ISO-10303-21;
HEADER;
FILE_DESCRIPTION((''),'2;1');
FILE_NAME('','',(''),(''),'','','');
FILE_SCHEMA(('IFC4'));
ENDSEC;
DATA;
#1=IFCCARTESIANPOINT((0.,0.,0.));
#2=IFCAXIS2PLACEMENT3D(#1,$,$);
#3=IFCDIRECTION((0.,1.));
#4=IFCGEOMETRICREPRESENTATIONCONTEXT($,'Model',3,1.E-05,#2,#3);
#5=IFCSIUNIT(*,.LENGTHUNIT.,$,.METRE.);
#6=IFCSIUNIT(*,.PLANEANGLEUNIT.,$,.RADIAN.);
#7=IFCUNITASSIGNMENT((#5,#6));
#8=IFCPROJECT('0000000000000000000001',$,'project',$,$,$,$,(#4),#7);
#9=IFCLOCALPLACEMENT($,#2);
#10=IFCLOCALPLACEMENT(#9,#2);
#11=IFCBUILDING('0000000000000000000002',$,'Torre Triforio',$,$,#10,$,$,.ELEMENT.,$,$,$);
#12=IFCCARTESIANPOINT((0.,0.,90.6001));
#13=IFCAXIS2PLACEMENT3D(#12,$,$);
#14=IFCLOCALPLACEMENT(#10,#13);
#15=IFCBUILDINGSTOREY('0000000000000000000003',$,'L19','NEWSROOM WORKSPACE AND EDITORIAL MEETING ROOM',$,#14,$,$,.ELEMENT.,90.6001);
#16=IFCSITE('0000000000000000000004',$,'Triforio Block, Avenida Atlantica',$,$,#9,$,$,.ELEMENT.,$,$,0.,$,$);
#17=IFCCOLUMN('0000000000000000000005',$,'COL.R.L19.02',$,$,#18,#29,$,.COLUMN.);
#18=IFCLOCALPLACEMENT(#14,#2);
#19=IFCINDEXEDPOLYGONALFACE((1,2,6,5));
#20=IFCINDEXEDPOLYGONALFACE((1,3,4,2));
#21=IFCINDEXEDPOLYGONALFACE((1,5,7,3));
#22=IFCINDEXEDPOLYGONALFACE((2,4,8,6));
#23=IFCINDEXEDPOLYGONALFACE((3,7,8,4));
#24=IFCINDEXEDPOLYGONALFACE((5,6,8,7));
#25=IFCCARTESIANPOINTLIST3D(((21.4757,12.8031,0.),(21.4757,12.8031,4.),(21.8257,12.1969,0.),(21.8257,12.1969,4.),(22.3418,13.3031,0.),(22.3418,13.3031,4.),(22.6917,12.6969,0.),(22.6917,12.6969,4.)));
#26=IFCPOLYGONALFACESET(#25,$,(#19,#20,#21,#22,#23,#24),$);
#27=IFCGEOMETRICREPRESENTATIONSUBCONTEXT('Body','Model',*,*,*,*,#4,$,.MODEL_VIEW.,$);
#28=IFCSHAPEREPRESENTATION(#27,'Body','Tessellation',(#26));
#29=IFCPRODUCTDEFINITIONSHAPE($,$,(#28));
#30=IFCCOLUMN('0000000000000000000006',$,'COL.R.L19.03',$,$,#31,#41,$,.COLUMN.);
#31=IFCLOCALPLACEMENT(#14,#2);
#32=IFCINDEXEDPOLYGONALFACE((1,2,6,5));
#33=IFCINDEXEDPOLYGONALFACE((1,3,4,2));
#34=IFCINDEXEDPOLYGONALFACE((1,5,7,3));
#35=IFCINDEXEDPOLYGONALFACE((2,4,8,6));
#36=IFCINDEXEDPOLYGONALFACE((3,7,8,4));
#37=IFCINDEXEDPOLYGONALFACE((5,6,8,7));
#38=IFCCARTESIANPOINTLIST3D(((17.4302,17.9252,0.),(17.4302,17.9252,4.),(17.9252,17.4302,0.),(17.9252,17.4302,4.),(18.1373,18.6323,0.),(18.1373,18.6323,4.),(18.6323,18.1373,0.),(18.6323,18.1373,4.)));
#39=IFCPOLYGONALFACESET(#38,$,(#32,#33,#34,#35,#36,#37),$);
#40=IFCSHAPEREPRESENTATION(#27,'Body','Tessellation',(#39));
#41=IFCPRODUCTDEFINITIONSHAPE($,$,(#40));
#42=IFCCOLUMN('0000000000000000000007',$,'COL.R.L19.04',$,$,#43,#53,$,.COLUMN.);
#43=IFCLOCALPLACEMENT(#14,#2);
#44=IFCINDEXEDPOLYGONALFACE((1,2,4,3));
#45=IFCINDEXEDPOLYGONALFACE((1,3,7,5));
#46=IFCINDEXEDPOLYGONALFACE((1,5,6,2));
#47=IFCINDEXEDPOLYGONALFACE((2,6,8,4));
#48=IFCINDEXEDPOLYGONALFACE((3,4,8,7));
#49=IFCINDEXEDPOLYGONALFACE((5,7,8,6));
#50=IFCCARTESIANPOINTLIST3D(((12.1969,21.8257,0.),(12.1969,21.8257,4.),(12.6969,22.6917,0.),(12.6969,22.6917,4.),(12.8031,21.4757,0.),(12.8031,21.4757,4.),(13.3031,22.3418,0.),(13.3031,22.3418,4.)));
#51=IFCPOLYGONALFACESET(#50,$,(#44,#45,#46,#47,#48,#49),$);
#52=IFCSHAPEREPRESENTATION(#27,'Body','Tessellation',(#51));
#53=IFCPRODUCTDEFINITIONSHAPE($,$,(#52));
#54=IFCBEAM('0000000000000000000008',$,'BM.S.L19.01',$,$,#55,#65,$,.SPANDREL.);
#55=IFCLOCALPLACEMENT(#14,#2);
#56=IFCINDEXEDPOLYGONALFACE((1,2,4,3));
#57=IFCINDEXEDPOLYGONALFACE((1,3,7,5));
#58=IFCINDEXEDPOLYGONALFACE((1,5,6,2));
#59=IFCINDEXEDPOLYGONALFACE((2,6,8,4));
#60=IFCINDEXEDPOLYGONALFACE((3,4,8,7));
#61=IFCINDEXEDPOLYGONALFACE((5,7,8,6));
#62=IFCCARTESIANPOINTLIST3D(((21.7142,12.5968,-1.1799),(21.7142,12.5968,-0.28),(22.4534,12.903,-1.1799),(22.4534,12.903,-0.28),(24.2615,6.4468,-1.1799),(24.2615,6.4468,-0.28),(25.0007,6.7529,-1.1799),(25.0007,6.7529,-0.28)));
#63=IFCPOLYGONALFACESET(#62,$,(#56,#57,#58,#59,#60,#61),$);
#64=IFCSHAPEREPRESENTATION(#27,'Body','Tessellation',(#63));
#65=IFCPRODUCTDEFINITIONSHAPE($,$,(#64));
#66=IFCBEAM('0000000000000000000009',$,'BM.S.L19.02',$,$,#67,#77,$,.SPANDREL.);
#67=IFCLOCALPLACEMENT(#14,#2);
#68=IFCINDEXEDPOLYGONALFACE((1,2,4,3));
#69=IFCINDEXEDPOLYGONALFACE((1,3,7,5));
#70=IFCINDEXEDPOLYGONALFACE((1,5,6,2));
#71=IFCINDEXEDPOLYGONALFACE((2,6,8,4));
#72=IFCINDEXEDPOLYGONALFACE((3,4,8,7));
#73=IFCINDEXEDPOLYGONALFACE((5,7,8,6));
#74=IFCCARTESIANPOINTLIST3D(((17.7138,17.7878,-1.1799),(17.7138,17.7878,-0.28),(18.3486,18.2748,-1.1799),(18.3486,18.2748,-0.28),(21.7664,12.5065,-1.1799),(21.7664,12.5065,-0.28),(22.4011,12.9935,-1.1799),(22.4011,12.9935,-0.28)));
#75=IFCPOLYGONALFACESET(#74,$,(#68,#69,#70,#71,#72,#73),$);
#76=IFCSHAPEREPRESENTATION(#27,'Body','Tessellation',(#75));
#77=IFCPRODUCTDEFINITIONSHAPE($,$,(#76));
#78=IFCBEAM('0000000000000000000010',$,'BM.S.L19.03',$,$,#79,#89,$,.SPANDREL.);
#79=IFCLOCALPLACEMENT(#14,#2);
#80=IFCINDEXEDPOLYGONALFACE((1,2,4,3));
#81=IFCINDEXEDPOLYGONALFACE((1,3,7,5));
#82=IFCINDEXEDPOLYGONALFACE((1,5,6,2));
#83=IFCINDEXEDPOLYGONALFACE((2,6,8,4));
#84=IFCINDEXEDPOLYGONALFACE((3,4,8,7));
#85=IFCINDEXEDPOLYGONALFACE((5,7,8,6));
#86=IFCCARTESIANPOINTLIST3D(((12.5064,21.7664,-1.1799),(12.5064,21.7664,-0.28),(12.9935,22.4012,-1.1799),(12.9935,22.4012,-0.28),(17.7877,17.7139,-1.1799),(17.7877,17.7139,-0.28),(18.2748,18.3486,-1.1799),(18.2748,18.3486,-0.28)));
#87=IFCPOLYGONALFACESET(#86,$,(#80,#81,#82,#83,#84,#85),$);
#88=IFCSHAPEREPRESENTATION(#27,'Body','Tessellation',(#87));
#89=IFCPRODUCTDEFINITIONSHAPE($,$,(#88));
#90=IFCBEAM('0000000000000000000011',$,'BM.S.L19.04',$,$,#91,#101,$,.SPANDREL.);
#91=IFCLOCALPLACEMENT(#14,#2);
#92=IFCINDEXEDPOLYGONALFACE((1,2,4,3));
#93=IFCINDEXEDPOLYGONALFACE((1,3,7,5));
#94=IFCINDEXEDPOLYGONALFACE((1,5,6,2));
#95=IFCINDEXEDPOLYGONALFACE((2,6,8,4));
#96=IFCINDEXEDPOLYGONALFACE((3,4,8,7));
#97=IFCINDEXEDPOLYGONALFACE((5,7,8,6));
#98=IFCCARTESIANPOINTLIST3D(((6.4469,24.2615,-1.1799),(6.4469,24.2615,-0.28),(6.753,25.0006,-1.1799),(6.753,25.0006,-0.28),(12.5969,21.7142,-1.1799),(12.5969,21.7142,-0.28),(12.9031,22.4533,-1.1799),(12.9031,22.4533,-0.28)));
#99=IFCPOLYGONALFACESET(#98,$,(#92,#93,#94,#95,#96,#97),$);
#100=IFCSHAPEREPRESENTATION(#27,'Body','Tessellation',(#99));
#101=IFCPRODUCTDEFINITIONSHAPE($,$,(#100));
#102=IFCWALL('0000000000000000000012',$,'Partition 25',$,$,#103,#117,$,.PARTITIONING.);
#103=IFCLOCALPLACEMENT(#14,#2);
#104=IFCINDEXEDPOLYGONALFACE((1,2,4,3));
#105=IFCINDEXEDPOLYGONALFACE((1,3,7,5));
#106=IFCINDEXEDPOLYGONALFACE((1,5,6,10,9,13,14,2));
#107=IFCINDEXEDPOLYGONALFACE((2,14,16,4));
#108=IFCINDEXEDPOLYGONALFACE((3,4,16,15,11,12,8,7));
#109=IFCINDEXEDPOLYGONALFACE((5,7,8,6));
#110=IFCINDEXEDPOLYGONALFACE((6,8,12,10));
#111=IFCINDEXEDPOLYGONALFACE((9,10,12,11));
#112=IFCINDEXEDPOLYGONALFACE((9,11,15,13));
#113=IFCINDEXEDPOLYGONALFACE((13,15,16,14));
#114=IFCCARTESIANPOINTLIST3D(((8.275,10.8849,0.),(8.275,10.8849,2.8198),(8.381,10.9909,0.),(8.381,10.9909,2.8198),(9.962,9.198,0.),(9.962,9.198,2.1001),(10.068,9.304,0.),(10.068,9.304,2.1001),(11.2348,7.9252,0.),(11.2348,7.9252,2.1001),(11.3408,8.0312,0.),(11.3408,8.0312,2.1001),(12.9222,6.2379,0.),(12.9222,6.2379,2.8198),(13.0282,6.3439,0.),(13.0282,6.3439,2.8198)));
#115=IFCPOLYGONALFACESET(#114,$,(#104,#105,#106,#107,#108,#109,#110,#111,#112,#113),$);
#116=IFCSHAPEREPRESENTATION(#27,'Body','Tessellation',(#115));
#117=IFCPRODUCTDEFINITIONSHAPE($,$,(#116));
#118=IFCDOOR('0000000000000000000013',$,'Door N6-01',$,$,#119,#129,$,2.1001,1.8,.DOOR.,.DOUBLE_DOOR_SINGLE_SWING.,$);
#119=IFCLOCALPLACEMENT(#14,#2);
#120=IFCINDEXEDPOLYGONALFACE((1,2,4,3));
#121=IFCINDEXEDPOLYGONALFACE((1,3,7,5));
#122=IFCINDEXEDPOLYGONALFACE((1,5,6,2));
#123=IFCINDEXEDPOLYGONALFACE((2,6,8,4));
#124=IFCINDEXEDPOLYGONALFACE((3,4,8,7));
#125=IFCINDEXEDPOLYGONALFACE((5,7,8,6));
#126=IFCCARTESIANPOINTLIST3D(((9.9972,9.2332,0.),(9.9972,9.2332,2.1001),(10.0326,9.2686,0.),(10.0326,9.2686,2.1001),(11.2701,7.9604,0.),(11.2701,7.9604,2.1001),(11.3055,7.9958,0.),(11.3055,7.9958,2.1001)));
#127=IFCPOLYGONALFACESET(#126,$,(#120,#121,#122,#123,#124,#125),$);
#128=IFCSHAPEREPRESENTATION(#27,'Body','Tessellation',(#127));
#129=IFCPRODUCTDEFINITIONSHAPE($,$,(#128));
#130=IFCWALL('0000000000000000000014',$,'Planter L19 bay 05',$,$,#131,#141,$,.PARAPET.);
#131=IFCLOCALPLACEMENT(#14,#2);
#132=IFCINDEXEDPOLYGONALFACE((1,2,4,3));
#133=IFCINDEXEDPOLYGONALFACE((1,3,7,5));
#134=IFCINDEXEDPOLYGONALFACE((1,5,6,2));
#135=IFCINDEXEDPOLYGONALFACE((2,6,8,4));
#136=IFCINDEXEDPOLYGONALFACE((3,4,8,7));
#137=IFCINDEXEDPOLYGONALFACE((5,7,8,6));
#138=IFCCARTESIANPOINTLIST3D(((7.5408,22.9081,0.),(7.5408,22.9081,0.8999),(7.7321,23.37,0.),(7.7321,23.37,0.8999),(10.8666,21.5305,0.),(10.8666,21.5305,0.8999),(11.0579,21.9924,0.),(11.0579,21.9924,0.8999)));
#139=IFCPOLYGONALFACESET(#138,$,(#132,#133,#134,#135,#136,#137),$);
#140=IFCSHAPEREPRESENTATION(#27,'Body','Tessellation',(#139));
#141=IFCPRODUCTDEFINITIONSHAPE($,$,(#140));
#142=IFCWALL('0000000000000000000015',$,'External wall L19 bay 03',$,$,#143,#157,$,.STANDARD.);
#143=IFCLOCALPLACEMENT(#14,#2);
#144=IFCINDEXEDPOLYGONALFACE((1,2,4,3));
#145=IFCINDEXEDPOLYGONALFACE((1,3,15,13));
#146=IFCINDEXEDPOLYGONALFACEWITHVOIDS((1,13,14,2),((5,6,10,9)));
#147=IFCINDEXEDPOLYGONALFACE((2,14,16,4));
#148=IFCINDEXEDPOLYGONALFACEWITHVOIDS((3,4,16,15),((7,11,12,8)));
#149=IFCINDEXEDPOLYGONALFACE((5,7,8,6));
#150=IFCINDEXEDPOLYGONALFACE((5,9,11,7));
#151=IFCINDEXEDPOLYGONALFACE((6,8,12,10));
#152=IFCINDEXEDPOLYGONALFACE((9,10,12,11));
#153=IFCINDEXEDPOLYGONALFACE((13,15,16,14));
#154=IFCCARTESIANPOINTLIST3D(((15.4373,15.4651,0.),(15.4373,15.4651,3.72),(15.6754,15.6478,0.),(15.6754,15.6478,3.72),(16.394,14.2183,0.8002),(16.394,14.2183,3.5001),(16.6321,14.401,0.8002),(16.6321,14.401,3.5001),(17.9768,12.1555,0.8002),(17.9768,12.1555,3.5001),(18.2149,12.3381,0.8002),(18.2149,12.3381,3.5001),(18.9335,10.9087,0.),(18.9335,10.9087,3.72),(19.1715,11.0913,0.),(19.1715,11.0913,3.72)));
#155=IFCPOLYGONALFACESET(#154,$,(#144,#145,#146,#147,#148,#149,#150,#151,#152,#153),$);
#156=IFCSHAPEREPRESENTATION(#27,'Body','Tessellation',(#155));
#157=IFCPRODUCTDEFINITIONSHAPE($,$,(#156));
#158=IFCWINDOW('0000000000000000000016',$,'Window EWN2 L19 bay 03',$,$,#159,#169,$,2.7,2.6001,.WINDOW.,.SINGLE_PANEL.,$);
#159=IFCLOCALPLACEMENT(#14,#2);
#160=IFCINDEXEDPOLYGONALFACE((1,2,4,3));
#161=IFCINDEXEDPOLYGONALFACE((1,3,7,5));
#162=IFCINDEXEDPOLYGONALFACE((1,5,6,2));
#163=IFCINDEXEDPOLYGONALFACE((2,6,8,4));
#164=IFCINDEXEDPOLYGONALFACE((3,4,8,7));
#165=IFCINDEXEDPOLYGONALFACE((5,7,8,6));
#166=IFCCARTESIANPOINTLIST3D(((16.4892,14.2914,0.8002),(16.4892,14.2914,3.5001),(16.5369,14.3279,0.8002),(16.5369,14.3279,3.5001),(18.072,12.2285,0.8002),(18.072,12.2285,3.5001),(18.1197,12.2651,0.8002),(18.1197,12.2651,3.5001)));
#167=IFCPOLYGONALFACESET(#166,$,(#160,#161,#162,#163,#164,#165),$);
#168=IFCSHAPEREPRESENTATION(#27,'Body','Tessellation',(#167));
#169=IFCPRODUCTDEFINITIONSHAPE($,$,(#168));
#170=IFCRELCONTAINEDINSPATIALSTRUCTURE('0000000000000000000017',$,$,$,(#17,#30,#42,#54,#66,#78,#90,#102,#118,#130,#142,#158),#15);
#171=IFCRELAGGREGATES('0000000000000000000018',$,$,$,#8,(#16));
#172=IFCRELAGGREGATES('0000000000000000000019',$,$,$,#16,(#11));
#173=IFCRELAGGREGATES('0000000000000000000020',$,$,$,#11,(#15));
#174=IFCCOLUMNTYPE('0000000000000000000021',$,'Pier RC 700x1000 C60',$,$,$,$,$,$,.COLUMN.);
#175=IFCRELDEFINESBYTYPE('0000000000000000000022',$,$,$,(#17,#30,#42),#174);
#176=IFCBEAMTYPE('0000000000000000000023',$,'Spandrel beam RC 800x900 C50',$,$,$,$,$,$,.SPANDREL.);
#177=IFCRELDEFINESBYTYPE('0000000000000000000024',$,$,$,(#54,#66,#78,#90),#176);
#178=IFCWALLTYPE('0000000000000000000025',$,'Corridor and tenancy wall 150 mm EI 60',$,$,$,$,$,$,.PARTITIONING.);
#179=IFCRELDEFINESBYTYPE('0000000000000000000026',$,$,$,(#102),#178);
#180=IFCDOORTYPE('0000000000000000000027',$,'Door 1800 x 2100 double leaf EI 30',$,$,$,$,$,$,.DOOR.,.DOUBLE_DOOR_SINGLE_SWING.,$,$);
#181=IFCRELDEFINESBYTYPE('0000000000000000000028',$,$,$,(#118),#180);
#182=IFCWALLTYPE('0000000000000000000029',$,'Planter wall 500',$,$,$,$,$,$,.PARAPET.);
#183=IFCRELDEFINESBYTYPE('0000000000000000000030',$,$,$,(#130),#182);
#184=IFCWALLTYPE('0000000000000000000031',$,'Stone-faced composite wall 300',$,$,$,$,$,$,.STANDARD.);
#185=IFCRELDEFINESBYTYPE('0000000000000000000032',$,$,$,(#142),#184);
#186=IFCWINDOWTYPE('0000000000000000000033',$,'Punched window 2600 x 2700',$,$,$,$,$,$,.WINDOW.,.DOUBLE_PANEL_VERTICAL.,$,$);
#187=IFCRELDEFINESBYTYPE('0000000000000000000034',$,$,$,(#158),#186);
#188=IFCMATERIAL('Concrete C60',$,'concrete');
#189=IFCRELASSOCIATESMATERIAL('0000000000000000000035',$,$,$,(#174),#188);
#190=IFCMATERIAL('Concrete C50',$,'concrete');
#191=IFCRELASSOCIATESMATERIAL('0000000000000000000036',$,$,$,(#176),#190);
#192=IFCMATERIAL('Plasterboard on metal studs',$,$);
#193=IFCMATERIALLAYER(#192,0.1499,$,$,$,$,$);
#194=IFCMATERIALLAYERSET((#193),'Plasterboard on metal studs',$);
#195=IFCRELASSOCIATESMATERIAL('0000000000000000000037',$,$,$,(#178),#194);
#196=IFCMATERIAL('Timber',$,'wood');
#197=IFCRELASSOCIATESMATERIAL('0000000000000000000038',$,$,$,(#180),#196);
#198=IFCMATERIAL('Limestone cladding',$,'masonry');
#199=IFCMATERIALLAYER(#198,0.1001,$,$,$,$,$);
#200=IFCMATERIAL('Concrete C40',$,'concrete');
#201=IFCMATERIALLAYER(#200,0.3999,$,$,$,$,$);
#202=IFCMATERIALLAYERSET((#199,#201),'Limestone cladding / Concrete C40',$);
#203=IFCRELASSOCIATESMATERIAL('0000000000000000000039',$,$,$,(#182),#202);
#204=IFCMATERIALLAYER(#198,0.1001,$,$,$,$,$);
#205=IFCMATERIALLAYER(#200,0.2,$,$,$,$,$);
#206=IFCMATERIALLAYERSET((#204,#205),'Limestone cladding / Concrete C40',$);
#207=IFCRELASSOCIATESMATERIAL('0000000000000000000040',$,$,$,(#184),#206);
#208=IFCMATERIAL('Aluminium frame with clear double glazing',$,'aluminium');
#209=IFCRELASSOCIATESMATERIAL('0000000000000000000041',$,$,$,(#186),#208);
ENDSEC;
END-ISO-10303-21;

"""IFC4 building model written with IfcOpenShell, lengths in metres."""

from ifc_helpers import new_model, si_unit, direction, frame, frame_2d, origin, origin_2d, place, context, subcontext, project, spatial, rectangle, extrude, material, layer, layer_set, material_profile, profile_set, type_object, element, fill, save


model = new_model("IFC4")

# Units and contexts
model_context = context("Model", 3, precision=1e-05, world=origin(), true_north=direction((0.0, 1.0)))
body_context = subcontext(model_context, "Body", "Model", "MODEL_VIEW")
ifc_project = project(units=[si_unit("LENGTHUNIT", "METRE"), si_unit("PLANEANGLEUNIT", "RADIAN")], contexts=[model_context])

# Site, building, storey
site_placement = place(None, origin())
site = spatial("IfcSite", under=ifc_project, at=site_placement, Name="Triforio Block, Avenida Atlantica", CompositionType="ELEMENT", RefElevation=0.0)
building_placement = place(site_placement, origin())
building = spatial("IfcBuilding", under=site, at=building_placement, Name="Torre Triforio", CompositionType="ELEMENT")
storey_placement = place(building_placement, frame((0.0, 0.0, 90.6001)))
storey = spatial("IfcBuildingStorey", under=building, at=storey_placement, Name="L19", Description="NEWSROOM WORKSPACE AND EDITORIAL MEETING ROOM", CompositionType="ELEMENT", Elevation=90.6001)

# Columns
ifc_material_1 = material(Name="Concrete C60", Category="concrete")
ifc_material_profile_1 = material_profile(ifc_material_1, rectangle(XDim=0.7, YDim=1.0, at=origin_2d()), Name="RC 700x1000")
ifc_profile_set_1 = profile_set([ifc_material_profile_1], Name="Concrete C60")
column_type = type_object("IfcColumnType", Name="Pier RC 700x1000 C60", PredefinedType="COLUMN", material=ifc_profile_set_1)
for number, where, z_axis, x_axis, name in (
    (1, (22.0837, 12.75, 0.0), (0.0, 0.0, 1.0), (-0.5, 0.866025, 0.0), "COL.R.L19.02"),
    (2, (18.0312, 18.0312, 0.0), (0.0, 0.0, 1.0), (-0.707107, 0.707107, 0.0), "COL.R.L19.03"),
    (3, (12.75, 22.0837, 0.0), (0.0, 0.0, 1.0), (-0.866025, 0.5, 0.0), "COL.R.L19.04"),
):
    element("IfcColumn", number, at=place(storey_placement, frame(where, z_axis=z_axis, x_axis=x_axis)), inside=storey, type_object=column_type, Name=name, PredefinedType="COLUMN", context=body_context, shape_type="SweptSolid", body=[
        extrude(rectangle(XDim=0.7, YDim=1.0, at=origin_2d()), origin(), (0.0, 0.0, 1.0), 4.0),
    ])

# Beams
ifc_material_2 = material(Name="Concrete C50", Category="concrete")
ifc_material_profile_2 = material_profile(ifc_material_2, rectangle(XDim=0.8, YDim=0.8999, at=origin_2d()), Name="RC 800x900")
ifc_profile_set_2 = profile_set([ifc_material_profile_2], Name="Concrete C50")
beam_type = type_object("IfcBeamType", Name="Spandrel beam RC 800x900 C50", PredefinedType="SPANDREL", material=ifc_profile_set_2)
beam_1_placement = place(storey_placement, frame((24.6311, 6.5999, -0.73), z_axis=(-0.382669, 0.923885, 0.0), x_axis=(-0.923885, -0.382669, 0.0)))
element("IfcBeam", 4, at=beam_1_placement, inside=storey, type_object=beam_type, Name="BM.S.L19.01", PredefinedType="SPANDREL", context=body_context, shape_type="SweptSolid", body=[
    extrude(rectangle(XDim=0.8, YDim=0.8999, at=origin_2d()), origin(), (0.0, 0.0, 1.0), 6.6567),
])
for number, where, z_axis, x_axis, name in (
    (5, (22.0837, 12.75, -0.73), (-0.608766, 0.79335, 0.0), (-0.79335, -0.608766, 0.0), "BM.S.L19.02"),
    (6, (18.0312, 18.0312, -0.73), (-0.79335, 0.608766, 0.0), (-0.608766, -0.79335, 0.0), "BM.S.L19.03"),
):
    element("IfcBeam", number, at=place(storey_placement, frame(where, z_axis=z_axis, x_axis=x_axis)), inside=storey, type_object=beam_type, Name=name, PredefinedType="SPANDREL", context=body_context, shape_type="SweptSolid", body=[
        extrude(rectangle(XDim=0.8, YDim=0.8999, at=origin_2d()), origin(), (0.0, 0.0, 1.0), 6.657),
    ])
beam_2_placement = place(storey_placement, frame((12.75, 22.0837, -0.73), z_axis=(-0.923885, 0.382669, 0.0), x_axis=(-0.382669, -0.923885, 0.0)))
element("IfcBeam", 7, at=beam_2_placement, inside=storey, type_object=beam_type, Name="BM.S.L19.04", PredefinedType="SPANDREL", context=body_context, shape_type="SweptSolid", body=[
    extrude(rectangle(XDim=0.8, YDim=0.8999, at=origin_2d()), origin(), (0.0, 0.0, 1.0), 6.6567),
])

# Wall, opening, door
ifc_material_3 = material(Name="Plasterboard on metal studs")
ifc_layer_1 = layer(ifc_material_3, 0.1499)
ifc_layer_set_1 = layer_set([ifc_layer_1], Name="Plasterboard on metal studs")
wall_type_1 = type_object("IfcWallType", Name="Corridor and tenancy wall 150 mm EI 60", PredefinedType="PARTITIONING", material=ifc_layer_set_1)
wall_1_placement = place(storey_placement, frame((8.3279, 10.938, 0.0), z_axis=(0.0, 0.0, 1.0), x_axis=(0.707125, -0.707088, 0.0)))
wall_1 = element("IfcWall", 8, at=wall_1_placement, inside=storey, type_object=wall_type_1, Name="Partition 25", PredefinedType="PARTITIONING", context=body_context, shape_type="SweptSolid", body=[
    extrude(rectangle(XDim=6.572, YDim=0.1499, at=frame_2d((3.2861, 0.0))), origin(), (0.0, 0.0, 1.0), 2.8198),
])
opening_1_placement = place(wall_1_placement, frame((2.386, 0.0, 0.0)))
opening_1 = element("IfcOpeningElement", 9, at=opening_1_placement, cuts=wall_1, PredefinedType="OPENING", context=body_context, shape_type="SweptSolid", body=[
    extrude(rectangle(XDim=1.8, YDim=2.1001, at=frame_2d((0.8999, 1.05))), frame((0.0, 0.085, 0.0), z_axis=(0.0, -1.0, 0.0), x_axis=(1.0, 0.0, 0.0)), (0.0, 0.0, 1.0), 0.1699),
])
ifc_material_4 = material(Name="Timber", Category="wood")
door_type_1 = type_object("IfcDoorType", Name="Door 1800 x 2100 double leaf EI 30", OperationType="DOUBLE_DOOR_SINGLE_SWING", PredefinedType="DOOR", material=ifc_material_4)
door_1_placement = place(opening_1_placement, origin())
door_1 = element("IfcDoor", 10, at=door_1_placement, inside=storey, type_object=door_type_1, Name="Door N6-01", OperationType="DOUBLE_DOOR_SINGLE_SWING", OverallHeight=2.1001, OverallWidth=1.8, PredefinedType="DOOR", context=body_context, shape_type="SweptSolid", body=[
    extrude(rectangle(XDim=1.8, YDim=2.1001, at=frame_2d((0.8999, 1.05))), frame((0.0, 0.0249, 0.0), z_axis=(0.0, -1.0, 0.0), x_axis=(1.0, 0.0, 0.0)), (0.0, 0.0, 1.0), 0.05),
])
fill(opening_1, door_1)

# Wall
ifc_material_5 = material(Name="Limestone cladding", Category="masonry")
ifc_layer_2 = layer(ifc_material_5, 0.1001)
ifc_material_6 = material(Name="Concrete C40", Category="concrete")
ifc_layer_3 = layer(ifc_material_6, 0.3999)
ifc_layer_set_2 = layer_set([ifc_layer_2, ifc_layer_3], Name="Limestone cladding / Concrete C40")
wall_type_2 = type_object("IfcWallType", Name="Planter wall 500", PredefinedType="PARAPET", material=ifc_layer_set_2)
wall_2_placement = place(storey_placement, frame((10.9622, 21.7615, 0.0), z_axis=(0.0, 0.0, 1.0), x_axis=(-0.923875, 0.382693, 0.0)))
element("IfcWall", 11, at=wall_2_placement, inside=storey, type_object=wall_type_2, Name="Planter L19 bay 05", PredefinedType="PARAPET", context=body_context, shape_type="SweptSolid", body=[
    extrude(rectangle(XDim=3.5999, YDim=0.5, at=frame_2d((1.7998, 0.0))), origin(), (0.0, 0.0, 1.0), 0.8999),
])

# Wall, opening, window
ifc_layer_4 = layer(ifc_material_5, 0.1001)
ifc_layer_5 = layer(ifc_material_6, 0.2)
ifc_layer_set_3 = layer_set([ifc_layer_4, ifc_layer_5], Name="Limestone cladding / Concrete C40")
wall_type_3 = type_object("IfcWallType", Name="Stone-faced composite wall 300", PredefinedType="STANDARD", material=ifc_layer_set_3)
wall_3_placement = place(storey_placement, frame((19.0525, 11.0, 0.0), z_axis=(0.0, 0.0, 1.0), x_axis=(-0.608745, 0.793366, 0.0)))
wall_3 = element("IfcWall", 12, at=wall_3_placement, inside=storey, type_object=wall_type_3, Name="External wall L19 bay 03", PredefinedType="STANDARD", context=body_context, shape_type="SweptSolid", body=[
    extrude(rectangle(XDim=5.7432, YDim=0.3, at=frame_2d((2.8716, 0.0))), origin(), (0.0, 0.0, 1.0), 3.72),
])
opening_2_placement = place(wall_3_placement, frame((1.5715, 0.0, 0.8)))
opening_2 = element("IfcOpeningElement", 13, at=opening_2_placement, cuts=wall_3, PredefinedType="OPENING", context=body_context, shape_type="SweptSolid", body=[
    extrude(rectangle(XDim=2.6001, YDim=2.7, at=frame_2d((1.3, 1.3501))), frame((0.0, 0.1599, 0.0), z_axis=(0.0, -1.0, 0.0), x_axis=(1.0, 0.0, 0.0)), (0.0, 0.0, 1.0), 0.3201),
])
ifc_material_7 = material(Name="Aluminium frame with clear double glazing", Category="aluminium")
window_type_1 = type_object("IfcWindowType", Name="Punched window 2600 x 2700", PartitioningType="DOUBLE_PANEL_VERTICAL", PredefinedType="WINDOW", material=ifc_material_7)
window_1_placement = place(opening_2_placement, origin())
window_1 = element("IfcWindow", 14, at=window_1_placement, inside=storey, type_object=window_type_1, Name="Window EWN2 L19 bay 03", OverallHeight=2.7, OverallWidth=2.6001, PartitioningType="SINGLE_PANEL", PredefinedType="WINDOW", context=body_context, shape_type="SweptSolid", body=[
    extrude(rectangle(XDim=2.6001, YDim=2.7, at=frame_2d((1.3, 1.3501))), frame((0.0, 0.03, 0.0), z_axis=(0.0, -1.0, 0.0), x_axis=(1.0, 0.0, 0.0)), (0.0, 0.0, 1.0), 0.0601),
])
fill(opening_2, window_1)

save(model, "model.ifc")
